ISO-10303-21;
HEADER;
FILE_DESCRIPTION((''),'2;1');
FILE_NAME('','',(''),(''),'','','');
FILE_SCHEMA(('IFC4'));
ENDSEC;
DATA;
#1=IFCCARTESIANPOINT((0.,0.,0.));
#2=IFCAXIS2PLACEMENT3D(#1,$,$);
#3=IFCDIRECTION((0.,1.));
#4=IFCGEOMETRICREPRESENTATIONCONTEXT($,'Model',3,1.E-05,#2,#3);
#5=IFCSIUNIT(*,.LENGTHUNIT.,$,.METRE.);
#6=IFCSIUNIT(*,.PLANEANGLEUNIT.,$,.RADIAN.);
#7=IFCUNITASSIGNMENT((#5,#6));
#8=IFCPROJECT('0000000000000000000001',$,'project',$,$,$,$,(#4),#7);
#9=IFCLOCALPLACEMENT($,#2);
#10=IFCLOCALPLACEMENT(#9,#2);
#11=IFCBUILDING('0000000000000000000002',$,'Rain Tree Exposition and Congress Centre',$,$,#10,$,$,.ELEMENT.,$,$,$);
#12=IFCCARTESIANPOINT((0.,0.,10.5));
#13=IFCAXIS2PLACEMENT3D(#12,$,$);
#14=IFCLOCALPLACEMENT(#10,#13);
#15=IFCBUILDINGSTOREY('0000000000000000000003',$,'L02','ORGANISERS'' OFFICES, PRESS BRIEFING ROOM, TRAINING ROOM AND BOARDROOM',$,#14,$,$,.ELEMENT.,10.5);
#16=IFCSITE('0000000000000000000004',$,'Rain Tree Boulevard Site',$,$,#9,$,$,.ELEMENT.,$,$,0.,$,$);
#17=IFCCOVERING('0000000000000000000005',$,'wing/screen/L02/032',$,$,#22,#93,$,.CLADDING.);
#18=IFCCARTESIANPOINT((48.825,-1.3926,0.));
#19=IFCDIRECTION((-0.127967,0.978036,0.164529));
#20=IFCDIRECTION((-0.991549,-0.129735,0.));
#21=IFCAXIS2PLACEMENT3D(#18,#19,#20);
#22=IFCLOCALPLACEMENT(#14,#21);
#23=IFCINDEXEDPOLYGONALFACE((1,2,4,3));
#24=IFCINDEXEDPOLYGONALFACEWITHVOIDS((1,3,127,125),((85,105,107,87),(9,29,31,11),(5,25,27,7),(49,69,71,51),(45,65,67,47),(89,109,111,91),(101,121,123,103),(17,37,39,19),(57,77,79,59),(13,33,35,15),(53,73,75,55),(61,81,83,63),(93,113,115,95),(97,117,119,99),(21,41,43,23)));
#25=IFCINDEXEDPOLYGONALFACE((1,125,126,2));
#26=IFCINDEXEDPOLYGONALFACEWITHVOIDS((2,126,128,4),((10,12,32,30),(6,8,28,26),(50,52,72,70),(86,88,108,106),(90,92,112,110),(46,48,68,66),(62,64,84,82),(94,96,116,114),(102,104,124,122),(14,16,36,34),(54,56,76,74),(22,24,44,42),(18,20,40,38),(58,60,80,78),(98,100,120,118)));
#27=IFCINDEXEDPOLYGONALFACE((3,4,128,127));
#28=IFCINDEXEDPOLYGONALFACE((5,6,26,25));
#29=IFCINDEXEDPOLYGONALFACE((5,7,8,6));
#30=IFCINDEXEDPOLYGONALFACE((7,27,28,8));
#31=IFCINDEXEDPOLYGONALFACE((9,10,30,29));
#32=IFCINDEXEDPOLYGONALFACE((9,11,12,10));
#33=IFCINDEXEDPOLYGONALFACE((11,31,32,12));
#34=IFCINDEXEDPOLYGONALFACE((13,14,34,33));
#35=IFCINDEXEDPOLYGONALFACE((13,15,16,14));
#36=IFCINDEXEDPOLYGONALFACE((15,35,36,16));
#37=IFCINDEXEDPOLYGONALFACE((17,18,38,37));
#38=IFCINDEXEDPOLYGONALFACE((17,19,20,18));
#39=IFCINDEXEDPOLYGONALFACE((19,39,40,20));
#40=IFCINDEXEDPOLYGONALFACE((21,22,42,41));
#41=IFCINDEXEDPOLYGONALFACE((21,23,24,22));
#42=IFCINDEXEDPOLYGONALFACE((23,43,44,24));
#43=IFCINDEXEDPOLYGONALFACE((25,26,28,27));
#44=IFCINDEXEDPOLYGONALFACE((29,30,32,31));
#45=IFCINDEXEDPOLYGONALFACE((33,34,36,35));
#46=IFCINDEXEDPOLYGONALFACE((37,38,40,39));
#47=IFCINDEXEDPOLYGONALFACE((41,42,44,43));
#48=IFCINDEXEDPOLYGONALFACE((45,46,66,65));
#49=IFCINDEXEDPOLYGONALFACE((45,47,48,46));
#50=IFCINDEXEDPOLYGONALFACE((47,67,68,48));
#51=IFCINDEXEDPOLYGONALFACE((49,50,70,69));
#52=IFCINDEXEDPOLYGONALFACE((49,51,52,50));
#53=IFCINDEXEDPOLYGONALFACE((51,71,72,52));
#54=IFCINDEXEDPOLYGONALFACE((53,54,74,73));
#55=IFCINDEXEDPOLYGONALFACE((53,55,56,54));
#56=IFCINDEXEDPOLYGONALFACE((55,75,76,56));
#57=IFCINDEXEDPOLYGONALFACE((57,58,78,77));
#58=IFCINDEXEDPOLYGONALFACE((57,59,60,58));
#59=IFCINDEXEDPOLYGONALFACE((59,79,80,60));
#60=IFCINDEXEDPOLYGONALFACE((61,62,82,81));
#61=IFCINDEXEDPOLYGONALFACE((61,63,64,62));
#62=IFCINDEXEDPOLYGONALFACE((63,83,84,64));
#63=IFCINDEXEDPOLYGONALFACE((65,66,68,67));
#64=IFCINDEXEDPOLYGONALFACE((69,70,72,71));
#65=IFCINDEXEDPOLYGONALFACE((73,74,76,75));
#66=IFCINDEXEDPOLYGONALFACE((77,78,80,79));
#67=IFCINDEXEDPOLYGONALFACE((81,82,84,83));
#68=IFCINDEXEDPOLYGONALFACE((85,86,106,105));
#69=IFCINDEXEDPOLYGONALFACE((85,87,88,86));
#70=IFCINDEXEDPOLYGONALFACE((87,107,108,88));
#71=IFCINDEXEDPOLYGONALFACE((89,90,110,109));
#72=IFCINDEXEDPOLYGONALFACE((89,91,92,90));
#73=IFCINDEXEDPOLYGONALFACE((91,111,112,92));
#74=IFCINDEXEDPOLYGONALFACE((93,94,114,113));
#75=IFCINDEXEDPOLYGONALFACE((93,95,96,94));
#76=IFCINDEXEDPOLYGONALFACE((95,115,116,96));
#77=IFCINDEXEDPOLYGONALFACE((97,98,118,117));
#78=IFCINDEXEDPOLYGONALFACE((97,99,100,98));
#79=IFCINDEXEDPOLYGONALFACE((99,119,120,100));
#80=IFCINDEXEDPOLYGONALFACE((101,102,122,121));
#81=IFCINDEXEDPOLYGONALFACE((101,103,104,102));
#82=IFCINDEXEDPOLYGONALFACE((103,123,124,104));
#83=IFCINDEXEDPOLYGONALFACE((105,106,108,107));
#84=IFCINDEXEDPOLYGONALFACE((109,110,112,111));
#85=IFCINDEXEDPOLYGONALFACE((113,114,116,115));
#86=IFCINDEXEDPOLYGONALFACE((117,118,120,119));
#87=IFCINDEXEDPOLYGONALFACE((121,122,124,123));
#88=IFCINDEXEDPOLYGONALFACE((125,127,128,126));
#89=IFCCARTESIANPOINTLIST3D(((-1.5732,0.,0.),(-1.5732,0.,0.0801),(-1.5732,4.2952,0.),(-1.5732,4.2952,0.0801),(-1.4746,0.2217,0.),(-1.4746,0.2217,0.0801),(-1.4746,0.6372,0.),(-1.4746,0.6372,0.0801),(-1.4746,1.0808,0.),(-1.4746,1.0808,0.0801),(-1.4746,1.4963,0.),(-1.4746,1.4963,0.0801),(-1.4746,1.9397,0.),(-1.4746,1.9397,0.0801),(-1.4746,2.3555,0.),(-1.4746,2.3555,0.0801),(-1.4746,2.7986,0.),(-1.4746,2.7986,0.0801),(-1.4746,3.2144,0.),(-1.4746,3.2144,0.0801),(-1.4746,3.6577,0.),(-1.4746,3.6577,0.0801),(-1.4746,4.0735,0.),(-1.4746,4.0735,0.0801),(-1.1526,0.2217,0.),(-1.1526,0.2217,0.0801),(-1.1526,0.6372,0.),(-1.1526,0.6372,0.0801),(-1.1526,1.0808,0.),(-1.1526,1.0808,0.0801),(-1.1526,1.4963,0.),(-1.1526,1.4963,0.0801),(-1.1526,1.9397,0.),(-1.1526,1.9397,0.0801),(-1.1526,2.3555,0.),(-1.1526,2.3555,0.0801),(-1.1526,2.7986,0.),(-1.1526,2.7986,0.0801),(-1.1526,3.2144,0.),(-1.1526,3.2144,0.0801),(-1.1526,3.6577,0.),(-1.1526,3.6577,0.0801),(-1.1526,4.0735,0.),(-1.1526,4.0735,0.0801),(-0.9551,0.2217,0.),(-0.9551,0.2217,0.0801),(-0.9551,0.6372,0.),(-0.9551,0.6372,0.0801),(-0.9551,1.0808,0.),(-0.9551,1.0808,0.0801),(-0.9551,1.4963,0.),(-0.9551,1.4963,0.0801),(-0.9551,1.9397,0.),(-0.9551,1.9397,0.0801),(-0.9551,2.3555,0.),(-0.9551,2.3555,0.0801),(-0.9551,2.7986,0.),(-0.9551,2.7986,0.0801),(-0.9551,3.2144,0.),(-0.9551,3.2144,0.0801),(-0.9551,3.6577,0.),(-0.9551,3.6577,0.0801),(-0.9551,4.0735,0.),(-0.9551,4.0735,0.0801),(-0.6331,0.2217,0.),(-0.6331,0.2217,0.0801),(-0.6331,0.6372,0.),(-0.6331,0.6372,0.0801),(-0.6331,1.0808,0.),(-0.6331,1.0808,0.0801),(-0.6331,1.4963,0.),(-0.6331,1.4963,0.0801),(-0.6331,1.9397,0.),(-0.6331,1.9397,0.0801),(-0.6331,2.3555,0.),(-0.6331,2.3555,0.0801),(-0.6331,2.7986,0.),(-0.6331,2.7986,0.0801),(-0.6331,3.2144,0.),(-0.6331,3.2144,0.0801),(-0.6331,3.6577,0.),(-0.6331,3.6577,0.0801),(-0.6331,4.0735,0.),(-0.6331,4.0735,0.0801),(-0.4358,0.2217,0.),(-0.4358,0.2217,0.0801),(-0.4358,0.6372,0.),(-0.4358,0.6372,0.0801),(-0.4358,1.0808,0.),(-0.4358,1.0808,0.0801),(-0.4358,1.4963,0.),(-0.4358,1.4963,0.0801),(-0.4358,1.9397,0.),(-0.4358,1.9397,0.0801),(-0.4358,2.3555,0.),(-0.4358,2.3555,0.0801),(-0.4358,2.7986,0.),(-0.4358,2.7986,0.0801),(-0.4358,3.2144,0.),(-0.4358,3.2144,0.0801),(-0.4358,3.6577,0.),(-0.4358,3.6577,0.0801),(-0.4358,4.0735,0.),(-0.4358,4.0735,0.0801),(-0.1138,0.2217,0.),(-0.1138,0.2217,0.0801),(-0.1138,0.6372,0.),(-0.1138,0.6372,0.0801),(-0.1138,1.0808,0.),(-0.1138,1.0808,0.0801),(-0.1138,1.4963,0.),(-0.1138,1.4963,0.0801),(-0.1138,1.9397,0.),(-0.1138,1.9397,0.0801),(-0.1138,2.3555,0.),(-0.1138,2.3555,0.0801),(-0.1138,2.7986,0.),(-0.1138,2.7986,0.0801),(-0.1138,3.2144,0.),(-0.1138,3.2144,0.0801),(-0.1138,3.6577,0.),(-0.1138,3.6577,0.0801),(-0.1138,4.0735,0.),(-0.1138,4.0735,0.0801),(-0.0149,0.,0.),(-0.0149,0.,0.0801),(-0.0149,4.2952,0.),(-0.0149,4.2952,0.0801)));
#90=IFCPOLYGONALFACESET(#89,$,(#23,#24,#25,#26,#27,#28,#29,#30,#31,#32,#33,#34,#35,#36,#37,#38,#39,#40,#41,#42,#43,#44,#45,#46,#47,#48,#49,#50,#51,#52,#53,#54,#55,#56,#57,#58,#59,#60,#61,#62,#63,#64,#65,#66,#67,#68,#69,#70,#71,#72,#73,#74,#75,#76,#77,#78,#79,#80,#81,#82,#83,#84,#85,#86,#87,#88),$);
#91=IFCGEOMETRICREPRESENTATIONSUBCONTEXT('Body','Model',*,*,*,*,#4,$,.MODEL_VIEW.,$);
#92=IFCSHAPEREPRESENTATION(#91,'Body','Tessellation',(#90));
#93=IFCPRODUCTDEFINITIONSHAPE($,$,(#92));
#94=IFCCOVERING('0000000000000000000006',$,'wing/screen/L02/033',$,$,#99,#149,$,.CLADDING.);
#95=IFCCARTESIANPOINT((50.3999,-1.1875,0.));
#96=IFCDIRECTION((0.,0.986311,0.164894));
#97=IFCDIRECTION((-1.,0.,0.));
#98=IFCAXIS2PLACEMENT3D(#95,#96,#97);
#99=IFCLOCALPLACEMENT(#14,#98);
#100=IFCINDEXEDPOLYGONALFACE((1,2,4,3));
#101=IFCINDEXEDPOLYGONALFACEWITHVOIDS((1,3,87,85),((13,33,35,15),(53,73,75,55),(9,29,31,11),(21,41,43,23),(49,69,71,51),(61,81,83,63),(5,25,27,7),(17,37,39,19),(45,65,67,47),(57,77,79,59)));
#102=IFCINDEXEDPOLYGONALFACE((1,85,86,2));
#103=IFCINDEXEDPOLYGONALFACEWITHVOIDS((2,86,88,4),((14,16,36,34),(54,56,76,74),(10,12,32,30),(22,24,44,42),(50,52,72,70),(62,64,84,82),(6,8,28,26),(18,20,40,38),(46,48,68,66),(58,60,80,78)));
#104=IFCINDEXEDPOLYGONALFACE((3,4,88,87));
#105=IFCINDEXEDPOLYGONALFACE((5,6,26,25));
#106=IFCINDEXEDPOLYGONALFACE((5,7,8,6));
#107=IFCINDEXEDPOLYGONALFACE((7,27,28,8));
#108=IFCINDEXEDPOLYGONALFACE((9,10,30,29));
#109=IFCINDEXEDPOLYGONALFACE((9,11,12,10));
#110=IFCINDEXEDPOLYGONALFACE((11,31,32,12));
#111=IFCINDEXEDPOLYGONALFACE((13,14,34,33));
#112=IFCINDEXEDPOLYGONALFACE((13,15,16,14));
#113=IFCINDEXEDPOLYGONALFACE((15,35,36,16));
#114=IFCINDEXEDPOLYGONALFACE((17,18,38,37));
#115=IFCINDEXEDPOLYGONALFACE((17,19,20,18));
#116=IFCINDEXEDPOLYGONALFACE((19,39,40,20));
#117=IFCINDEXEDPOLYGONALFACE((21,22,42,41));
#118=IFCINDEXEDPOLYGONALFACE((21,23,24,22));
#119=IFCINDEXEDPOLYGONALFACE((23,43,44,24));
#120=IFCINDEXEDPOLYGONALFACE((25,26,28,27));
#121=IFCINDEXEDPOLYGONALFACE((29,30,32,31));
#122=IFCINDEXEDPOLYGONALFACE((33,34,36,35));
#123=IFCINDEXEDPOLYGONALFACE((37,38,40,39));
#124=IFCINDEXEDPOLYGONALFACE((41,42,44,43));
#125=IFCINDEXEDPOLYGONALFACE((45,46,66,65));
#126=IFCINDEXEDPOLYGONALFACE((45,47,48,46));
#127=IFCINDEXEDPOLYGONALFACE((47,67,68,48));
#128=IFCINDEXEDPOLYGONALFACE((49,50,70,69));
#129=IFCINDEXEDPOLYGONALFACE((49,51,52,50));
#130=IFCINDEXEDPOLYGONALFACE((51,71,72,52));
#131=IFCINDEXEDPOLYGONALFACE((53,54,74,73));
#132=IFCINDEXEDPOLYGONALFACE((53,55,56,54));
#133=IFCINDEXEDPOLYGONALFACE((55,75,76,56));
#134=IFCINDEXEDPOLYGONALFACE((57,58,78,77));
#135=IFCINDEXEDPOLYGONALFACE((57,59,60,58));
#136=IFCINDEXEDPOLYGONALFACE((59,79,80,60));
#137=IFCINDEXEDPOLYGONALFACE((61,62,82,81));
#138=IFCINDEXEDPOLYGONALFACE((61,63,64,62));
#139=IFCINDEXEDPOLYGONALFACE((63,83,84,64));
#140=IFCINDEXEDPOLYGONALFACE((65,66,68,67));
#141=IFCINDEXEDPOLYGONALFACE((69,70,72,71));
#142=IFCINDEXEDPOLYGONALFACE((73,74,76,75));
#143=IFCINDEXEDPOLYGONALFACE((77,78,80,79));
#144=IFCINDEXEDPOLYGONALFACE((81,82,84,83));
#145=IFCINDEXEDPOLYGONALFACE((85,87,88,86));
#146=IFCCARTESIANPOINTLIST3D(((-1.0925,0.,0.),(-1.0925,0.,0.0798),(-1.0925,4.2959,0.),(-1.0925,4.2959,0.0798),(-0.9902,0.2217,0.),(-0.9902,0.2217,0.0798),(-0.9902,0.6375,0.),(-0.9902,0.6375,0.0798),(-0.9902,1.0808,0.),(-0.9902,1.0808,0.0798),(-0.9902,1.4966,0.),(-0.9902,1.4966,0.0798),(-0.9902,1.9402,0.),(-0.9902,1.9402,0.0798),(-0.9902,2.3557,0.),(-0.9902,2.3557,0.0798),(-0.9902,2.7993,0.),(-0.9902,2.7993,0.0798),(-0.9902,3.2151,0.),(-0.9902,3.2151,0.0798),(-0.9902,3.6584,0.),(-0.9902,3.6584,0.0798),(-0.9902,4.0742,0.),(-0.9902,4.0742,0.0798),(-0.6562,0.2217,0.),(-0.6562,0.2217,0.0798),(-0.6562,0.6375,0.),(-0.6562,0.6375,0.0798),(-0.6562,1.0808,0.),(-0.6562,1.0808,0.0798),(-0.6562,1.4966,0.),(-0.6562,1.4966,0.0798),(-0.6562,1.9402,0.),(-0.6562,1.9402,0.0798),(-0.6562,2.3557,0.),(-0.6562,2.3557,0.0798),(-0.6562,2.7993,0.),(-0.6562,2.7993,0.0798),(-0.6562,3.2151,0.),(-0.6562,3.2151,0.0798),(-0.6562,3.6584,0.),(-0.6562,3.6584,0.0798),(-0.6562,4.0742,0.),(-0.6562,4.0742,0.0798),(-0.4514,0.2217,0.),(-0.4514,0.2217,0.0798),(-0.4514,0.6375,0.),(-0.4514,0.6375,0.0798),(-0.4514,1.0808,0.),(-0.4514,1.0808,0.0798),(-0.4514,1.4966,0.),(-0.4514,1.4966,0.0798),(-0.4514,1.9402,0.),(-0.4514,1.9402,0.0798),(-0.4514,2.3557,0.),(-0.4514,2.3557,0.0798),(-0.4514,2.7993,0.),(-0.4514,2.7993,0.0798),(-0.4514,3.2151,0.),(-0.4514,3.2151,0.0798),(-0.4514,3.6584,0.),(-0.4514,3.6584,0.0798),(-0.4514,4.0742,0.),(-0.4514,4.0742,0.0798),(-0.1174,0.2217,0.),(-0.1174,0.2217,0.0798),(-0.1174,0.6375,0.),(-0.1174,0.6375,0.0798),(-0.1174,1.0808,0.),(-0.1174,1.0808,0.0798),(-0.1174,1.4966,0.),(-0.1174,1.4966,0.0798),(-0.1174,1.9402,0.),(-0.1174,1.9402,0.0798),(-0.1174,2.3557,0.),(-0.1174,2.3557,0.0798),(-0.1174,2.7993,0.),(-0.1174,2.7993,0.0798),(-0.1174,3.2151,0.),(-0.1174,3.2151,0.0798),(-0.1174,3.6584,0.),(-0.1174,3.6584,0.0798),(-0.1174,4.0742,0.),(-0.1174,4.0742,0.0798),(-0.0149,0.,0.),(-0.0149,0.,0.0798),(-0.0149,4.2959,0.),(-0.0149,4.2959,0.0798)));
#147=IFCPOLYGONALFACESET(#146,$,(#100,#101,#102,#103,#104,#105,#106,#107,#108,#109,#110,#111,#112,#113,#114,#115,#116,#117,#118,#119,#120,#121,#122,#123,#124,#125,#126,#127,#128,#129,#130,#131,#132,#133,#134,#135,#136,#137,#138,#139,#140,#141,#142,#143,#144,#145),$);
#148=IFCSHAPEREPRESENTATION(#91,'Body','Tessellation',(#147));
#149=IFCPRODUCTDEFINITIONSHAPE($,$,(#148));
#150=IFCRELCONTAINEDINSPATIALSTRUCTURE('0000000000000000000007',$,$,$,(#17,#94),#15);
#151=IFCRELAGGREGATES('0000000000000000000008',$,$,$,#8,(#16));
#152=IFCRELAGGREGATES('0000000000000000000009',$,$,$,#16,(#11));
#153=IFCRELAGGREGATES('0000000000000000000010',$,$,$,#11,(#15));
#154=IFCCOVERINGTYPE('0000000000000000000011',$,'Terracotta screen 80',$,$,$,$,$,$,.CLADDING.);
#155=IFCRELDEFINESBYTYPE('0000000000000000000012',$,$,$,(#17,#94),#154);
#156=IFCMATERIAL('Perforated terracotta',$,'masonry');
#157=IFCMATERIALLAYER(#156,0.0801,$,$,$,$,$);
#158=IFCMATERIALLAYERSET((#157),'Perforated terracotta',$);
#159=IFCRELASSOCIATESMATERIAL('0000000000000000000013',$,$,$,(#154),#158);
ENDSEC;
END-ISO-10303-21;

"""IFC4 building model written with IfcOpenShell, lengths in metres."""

from ifc_helpers import new_model, si_unit, direction, frame, origin, place, context, subcontext, project, spatial, polyline, outline, extrude, material, layer, layer_set, type_object, element, save


model = new_model("IFC4")

# Units and contexts
model_context = context("Model", 3, precision=1e-05, world=origin(), true_north=direction((0.0, 1.0)))
body_context = subcontext(model_context, "Body", "Model", "MODEL_VIEW")
ifc_project = project(units=[si_unit("LENGTHUNIT", "METRE"), si_unit("PLANEANGLEUNIT", "RADIAN")], contexts=[model_context])

# Site, building, storey
site_placement = place(None, origin())
site = spatial("IfcSite", under=ifc_project, at=site_placement, Name="Rain Tree Boulevard Site", CompositionType="ELEMENT", RefElevation=0.0)
building_placement = place(site_placement, origin())
building = spatial("IfcBuilding", under=site, at=building_placement, Name="Rain Tree Exposition and Congress Centre", CompositionType="ELEMENT")
storey_placement = place(building_placement, frame((0.0, 0.0, 10.5)))
storey = spatial("IfcBuildingStorey", under=building, at=storey_placement, Name="L02", Description="ORGANISERS' OFFICES, PRESS BRIEFING ROOM, TRAINING ROOM AND BOARDROOM", CompositionType="ELEMENT", Elevation=10.5)

# Coverings
ifc_material_1 = material(Name="Perforated terracotta", Category="masonry")
ifc_layer_1 = layer(ifc_material_1, 0.0801)
ifc_layer_set_1 = layer_set([ifc_layer_1], Name="Perforated terracotta")
covering_type = type_object("IfcCoveringType", Name="Terracotta screen 80", PredefinedType="CLADDING", material=ifc_layer_set_1)
covering_1_placement = place(storey_placement, frame((48.825, -1.3926, 0.0), z_axis=(-0.127967, 0.978036, 0.164529), x_axis=(-0.991549, -0.129735, 0.0)))
element("IfcCovering", 1, at=covering_1_placement, inside=storey, type_object=covering_type, Name="wing/screen/L02/032", PredefinedType="CLADDING", context=body_context, shape_type="SweptSolid", body=[
    extrude(outline(polyline([(-1.5732, 0.0), (-1.5732, 4.2952), (-0.0149, 4.2952), (-0.0149, 0.0), (-1.5732, 0.0)]), holes=[polyline([(-0.1138, 0.2217), (-0.1138, 0.6372), (-0.4358, 0.6372), (-0.4358, 0.2217), (-0.1138, 0.2217)]), polyline([(-0.1138, 1.0808), (-0.1138, 1.4963), (-0.4358, 1.4963), (-0.4358, 1.0808), (-0.1138, 1.0808)]), polyline([(-0.1138, 1.9397), (-0.1138, 2.3555), (-0.4358, 2.3555), (-0.4358, 1.9397), (-0.1138, 1.9397)]), polyline([(-0.1138, 2.7986), (-0.1138, 3.2144), (-0.4358, 3.2144), (-0.4358, 2.7986), (-0.1138, 2.7986)]), polyline([(-0.1138, 3.6577), (-0.1138, 4.0735), (-0.4358, 4.0735), (-0.4358, 3.6577), (-0.1138, 3.6577)]), polyline([(-0.6331, 0.2217), (-0.6331, 0.6372), (-0.9551, 0.6372), (-0.9551, 0.2217), (-0.6331, 0.2217)]), polyline([(-0.6331, 1.0808), (-0.6331, 1.4963), (-0.9551, 1.4963), (-0.9551, 1.0808), (-0.6331, 1.0808)]), polyline([(-0.6331, 1.9397), (-0.6331, 2.3555), (-0.9551, 2.3555), (-0.9551, 1.9397), (-0.6331, 1.9397)]), polyline([(-0.6331, 2.7986), (-0.6331, 3.2144), (-0.9551, 3.2144), (-0.9551, 2.7986), (-0.6331, 2.7986)]), polyline([(-0.6331, 3.6577), (-0.6331, 4.0735), (-0.9551, 4.0735), (-0.9551, 3.6577), (-0.6331, 3.6577)]), polyline([(-1.1526, 0.2217), (-1.1526, 0.6372), (-1.4746, 0.6372), (-1.4746, 0.2217), (-1.1526, 0.2217)]), polyline([(-1.1526, 1.0808), (-1.1526, 1.4963), (-1.4746, 1.4963), (-1.4746, 1.0808), (-1.1526, 1.0808)]), polyline([(-1.1526, 1.9397), (-1.1526, 2.3555), (-1.4746, 2.3555), (-1.4746, 1.9397), (-1.1526, 1.9397)]), polyline([(-1.1526, 2.7986), (-1.1526, 3.2144), (-1.4746, 3.2144), (-1.4746, 2.7986), (-1.1526, 2.7986)]), polyline([(-1.1526, 3.6577), (-1.1526, 4.0735), (-1.4746, 4.0735), (-1.4746, 3.6577), (-1.1526, 3.6577)])]), origin(), (0.0, 0.0, 1.0), 0.0801),
])
covering_2_placement = place(storey_placement, frame((50.3999, -1.1875, 0.0), z_axis=(0.0, 0.986311, 0.164894), x_axis=(-1.0, 0.0, 0.0)))
element("IfcCovering", 2, at=covering_2_placement, inside=storey, type_object=covering_type, Name="wing/screen/L02/033", PredefinedType="CLADDING", context=body_context, shape_type="SweptSolid", body=[
    extrude(outline(polyline([(-1.0925, 0.0), (-1.0925, 4.2959), (-0.0149, 4.2959), (-0.0149, 0.0), (-1.0925, 0.0)]), holes=[polyline([(-0.1174, 0.2217), (-0.1174, 0.6375), (-0.4514, 0.6375), (-0.4514, 0.2217), (-0.1174, 0.2217)]), polyline([(-0.1174, 1.0808), (-0.1174, 1.4966), (-0.4514, 1.4966), (-0.4514, 1.0808), (-0.1174, 1.0808)]), polyline([(-0.1174, 1.9402), (-0.1174, 2.3557), (-0.4514, 2.3557), (-0.4514, 1.9402), (-0.1174, 1.9402)]), polyline([(-0.1174, 2.7993), (-0.1174, 3.2151), (-0.4514, 3.2151), (-0.4514, 2.7993), (-0.1174, 2.7993)]), polyline([(-0.1174, 3.6584), (-0.1174, 4.0742), (-0.4514, 4.0742), (-0.4514, 3.6584), (-0.1174, 3.6584)]), polyline([(-0.6562, 0.2217), (-0.6562, 0.6375), (-0.9902, 0.6375), (-0.9902, 0.2217), (-0.6562, 0.2217)]), polyline([(-0.6562, 1.0808), (-0.6562, 1.4966), (-0.9902, 1.4966), (-0.9902, 1.0808), (-0.6562, 1.0808)]), polyline([(-0.6562, 1.9402), (-0.6562, 2.3557), (-0.9902, 2.3557), (-0.9902, 1.9402), (-0.6562, 1.9402)]), polyline([(-0.6562, 2.7993), (-0.6562, 3.2151), (-0.9902, 3.2151), (-0.9902, 2.7993), (-0.6562, 2.7993)]), polyline([(-0.6562, 3.6584), (-0.6562, 4.0742), (-0.9902, 4.0742), (-0.9902, 3.6584), (-0.6562, 3.6584)])]), origin(), (0.0, 0.0, 1.0), 0.0798),
])

save(model, "model.ifc")
